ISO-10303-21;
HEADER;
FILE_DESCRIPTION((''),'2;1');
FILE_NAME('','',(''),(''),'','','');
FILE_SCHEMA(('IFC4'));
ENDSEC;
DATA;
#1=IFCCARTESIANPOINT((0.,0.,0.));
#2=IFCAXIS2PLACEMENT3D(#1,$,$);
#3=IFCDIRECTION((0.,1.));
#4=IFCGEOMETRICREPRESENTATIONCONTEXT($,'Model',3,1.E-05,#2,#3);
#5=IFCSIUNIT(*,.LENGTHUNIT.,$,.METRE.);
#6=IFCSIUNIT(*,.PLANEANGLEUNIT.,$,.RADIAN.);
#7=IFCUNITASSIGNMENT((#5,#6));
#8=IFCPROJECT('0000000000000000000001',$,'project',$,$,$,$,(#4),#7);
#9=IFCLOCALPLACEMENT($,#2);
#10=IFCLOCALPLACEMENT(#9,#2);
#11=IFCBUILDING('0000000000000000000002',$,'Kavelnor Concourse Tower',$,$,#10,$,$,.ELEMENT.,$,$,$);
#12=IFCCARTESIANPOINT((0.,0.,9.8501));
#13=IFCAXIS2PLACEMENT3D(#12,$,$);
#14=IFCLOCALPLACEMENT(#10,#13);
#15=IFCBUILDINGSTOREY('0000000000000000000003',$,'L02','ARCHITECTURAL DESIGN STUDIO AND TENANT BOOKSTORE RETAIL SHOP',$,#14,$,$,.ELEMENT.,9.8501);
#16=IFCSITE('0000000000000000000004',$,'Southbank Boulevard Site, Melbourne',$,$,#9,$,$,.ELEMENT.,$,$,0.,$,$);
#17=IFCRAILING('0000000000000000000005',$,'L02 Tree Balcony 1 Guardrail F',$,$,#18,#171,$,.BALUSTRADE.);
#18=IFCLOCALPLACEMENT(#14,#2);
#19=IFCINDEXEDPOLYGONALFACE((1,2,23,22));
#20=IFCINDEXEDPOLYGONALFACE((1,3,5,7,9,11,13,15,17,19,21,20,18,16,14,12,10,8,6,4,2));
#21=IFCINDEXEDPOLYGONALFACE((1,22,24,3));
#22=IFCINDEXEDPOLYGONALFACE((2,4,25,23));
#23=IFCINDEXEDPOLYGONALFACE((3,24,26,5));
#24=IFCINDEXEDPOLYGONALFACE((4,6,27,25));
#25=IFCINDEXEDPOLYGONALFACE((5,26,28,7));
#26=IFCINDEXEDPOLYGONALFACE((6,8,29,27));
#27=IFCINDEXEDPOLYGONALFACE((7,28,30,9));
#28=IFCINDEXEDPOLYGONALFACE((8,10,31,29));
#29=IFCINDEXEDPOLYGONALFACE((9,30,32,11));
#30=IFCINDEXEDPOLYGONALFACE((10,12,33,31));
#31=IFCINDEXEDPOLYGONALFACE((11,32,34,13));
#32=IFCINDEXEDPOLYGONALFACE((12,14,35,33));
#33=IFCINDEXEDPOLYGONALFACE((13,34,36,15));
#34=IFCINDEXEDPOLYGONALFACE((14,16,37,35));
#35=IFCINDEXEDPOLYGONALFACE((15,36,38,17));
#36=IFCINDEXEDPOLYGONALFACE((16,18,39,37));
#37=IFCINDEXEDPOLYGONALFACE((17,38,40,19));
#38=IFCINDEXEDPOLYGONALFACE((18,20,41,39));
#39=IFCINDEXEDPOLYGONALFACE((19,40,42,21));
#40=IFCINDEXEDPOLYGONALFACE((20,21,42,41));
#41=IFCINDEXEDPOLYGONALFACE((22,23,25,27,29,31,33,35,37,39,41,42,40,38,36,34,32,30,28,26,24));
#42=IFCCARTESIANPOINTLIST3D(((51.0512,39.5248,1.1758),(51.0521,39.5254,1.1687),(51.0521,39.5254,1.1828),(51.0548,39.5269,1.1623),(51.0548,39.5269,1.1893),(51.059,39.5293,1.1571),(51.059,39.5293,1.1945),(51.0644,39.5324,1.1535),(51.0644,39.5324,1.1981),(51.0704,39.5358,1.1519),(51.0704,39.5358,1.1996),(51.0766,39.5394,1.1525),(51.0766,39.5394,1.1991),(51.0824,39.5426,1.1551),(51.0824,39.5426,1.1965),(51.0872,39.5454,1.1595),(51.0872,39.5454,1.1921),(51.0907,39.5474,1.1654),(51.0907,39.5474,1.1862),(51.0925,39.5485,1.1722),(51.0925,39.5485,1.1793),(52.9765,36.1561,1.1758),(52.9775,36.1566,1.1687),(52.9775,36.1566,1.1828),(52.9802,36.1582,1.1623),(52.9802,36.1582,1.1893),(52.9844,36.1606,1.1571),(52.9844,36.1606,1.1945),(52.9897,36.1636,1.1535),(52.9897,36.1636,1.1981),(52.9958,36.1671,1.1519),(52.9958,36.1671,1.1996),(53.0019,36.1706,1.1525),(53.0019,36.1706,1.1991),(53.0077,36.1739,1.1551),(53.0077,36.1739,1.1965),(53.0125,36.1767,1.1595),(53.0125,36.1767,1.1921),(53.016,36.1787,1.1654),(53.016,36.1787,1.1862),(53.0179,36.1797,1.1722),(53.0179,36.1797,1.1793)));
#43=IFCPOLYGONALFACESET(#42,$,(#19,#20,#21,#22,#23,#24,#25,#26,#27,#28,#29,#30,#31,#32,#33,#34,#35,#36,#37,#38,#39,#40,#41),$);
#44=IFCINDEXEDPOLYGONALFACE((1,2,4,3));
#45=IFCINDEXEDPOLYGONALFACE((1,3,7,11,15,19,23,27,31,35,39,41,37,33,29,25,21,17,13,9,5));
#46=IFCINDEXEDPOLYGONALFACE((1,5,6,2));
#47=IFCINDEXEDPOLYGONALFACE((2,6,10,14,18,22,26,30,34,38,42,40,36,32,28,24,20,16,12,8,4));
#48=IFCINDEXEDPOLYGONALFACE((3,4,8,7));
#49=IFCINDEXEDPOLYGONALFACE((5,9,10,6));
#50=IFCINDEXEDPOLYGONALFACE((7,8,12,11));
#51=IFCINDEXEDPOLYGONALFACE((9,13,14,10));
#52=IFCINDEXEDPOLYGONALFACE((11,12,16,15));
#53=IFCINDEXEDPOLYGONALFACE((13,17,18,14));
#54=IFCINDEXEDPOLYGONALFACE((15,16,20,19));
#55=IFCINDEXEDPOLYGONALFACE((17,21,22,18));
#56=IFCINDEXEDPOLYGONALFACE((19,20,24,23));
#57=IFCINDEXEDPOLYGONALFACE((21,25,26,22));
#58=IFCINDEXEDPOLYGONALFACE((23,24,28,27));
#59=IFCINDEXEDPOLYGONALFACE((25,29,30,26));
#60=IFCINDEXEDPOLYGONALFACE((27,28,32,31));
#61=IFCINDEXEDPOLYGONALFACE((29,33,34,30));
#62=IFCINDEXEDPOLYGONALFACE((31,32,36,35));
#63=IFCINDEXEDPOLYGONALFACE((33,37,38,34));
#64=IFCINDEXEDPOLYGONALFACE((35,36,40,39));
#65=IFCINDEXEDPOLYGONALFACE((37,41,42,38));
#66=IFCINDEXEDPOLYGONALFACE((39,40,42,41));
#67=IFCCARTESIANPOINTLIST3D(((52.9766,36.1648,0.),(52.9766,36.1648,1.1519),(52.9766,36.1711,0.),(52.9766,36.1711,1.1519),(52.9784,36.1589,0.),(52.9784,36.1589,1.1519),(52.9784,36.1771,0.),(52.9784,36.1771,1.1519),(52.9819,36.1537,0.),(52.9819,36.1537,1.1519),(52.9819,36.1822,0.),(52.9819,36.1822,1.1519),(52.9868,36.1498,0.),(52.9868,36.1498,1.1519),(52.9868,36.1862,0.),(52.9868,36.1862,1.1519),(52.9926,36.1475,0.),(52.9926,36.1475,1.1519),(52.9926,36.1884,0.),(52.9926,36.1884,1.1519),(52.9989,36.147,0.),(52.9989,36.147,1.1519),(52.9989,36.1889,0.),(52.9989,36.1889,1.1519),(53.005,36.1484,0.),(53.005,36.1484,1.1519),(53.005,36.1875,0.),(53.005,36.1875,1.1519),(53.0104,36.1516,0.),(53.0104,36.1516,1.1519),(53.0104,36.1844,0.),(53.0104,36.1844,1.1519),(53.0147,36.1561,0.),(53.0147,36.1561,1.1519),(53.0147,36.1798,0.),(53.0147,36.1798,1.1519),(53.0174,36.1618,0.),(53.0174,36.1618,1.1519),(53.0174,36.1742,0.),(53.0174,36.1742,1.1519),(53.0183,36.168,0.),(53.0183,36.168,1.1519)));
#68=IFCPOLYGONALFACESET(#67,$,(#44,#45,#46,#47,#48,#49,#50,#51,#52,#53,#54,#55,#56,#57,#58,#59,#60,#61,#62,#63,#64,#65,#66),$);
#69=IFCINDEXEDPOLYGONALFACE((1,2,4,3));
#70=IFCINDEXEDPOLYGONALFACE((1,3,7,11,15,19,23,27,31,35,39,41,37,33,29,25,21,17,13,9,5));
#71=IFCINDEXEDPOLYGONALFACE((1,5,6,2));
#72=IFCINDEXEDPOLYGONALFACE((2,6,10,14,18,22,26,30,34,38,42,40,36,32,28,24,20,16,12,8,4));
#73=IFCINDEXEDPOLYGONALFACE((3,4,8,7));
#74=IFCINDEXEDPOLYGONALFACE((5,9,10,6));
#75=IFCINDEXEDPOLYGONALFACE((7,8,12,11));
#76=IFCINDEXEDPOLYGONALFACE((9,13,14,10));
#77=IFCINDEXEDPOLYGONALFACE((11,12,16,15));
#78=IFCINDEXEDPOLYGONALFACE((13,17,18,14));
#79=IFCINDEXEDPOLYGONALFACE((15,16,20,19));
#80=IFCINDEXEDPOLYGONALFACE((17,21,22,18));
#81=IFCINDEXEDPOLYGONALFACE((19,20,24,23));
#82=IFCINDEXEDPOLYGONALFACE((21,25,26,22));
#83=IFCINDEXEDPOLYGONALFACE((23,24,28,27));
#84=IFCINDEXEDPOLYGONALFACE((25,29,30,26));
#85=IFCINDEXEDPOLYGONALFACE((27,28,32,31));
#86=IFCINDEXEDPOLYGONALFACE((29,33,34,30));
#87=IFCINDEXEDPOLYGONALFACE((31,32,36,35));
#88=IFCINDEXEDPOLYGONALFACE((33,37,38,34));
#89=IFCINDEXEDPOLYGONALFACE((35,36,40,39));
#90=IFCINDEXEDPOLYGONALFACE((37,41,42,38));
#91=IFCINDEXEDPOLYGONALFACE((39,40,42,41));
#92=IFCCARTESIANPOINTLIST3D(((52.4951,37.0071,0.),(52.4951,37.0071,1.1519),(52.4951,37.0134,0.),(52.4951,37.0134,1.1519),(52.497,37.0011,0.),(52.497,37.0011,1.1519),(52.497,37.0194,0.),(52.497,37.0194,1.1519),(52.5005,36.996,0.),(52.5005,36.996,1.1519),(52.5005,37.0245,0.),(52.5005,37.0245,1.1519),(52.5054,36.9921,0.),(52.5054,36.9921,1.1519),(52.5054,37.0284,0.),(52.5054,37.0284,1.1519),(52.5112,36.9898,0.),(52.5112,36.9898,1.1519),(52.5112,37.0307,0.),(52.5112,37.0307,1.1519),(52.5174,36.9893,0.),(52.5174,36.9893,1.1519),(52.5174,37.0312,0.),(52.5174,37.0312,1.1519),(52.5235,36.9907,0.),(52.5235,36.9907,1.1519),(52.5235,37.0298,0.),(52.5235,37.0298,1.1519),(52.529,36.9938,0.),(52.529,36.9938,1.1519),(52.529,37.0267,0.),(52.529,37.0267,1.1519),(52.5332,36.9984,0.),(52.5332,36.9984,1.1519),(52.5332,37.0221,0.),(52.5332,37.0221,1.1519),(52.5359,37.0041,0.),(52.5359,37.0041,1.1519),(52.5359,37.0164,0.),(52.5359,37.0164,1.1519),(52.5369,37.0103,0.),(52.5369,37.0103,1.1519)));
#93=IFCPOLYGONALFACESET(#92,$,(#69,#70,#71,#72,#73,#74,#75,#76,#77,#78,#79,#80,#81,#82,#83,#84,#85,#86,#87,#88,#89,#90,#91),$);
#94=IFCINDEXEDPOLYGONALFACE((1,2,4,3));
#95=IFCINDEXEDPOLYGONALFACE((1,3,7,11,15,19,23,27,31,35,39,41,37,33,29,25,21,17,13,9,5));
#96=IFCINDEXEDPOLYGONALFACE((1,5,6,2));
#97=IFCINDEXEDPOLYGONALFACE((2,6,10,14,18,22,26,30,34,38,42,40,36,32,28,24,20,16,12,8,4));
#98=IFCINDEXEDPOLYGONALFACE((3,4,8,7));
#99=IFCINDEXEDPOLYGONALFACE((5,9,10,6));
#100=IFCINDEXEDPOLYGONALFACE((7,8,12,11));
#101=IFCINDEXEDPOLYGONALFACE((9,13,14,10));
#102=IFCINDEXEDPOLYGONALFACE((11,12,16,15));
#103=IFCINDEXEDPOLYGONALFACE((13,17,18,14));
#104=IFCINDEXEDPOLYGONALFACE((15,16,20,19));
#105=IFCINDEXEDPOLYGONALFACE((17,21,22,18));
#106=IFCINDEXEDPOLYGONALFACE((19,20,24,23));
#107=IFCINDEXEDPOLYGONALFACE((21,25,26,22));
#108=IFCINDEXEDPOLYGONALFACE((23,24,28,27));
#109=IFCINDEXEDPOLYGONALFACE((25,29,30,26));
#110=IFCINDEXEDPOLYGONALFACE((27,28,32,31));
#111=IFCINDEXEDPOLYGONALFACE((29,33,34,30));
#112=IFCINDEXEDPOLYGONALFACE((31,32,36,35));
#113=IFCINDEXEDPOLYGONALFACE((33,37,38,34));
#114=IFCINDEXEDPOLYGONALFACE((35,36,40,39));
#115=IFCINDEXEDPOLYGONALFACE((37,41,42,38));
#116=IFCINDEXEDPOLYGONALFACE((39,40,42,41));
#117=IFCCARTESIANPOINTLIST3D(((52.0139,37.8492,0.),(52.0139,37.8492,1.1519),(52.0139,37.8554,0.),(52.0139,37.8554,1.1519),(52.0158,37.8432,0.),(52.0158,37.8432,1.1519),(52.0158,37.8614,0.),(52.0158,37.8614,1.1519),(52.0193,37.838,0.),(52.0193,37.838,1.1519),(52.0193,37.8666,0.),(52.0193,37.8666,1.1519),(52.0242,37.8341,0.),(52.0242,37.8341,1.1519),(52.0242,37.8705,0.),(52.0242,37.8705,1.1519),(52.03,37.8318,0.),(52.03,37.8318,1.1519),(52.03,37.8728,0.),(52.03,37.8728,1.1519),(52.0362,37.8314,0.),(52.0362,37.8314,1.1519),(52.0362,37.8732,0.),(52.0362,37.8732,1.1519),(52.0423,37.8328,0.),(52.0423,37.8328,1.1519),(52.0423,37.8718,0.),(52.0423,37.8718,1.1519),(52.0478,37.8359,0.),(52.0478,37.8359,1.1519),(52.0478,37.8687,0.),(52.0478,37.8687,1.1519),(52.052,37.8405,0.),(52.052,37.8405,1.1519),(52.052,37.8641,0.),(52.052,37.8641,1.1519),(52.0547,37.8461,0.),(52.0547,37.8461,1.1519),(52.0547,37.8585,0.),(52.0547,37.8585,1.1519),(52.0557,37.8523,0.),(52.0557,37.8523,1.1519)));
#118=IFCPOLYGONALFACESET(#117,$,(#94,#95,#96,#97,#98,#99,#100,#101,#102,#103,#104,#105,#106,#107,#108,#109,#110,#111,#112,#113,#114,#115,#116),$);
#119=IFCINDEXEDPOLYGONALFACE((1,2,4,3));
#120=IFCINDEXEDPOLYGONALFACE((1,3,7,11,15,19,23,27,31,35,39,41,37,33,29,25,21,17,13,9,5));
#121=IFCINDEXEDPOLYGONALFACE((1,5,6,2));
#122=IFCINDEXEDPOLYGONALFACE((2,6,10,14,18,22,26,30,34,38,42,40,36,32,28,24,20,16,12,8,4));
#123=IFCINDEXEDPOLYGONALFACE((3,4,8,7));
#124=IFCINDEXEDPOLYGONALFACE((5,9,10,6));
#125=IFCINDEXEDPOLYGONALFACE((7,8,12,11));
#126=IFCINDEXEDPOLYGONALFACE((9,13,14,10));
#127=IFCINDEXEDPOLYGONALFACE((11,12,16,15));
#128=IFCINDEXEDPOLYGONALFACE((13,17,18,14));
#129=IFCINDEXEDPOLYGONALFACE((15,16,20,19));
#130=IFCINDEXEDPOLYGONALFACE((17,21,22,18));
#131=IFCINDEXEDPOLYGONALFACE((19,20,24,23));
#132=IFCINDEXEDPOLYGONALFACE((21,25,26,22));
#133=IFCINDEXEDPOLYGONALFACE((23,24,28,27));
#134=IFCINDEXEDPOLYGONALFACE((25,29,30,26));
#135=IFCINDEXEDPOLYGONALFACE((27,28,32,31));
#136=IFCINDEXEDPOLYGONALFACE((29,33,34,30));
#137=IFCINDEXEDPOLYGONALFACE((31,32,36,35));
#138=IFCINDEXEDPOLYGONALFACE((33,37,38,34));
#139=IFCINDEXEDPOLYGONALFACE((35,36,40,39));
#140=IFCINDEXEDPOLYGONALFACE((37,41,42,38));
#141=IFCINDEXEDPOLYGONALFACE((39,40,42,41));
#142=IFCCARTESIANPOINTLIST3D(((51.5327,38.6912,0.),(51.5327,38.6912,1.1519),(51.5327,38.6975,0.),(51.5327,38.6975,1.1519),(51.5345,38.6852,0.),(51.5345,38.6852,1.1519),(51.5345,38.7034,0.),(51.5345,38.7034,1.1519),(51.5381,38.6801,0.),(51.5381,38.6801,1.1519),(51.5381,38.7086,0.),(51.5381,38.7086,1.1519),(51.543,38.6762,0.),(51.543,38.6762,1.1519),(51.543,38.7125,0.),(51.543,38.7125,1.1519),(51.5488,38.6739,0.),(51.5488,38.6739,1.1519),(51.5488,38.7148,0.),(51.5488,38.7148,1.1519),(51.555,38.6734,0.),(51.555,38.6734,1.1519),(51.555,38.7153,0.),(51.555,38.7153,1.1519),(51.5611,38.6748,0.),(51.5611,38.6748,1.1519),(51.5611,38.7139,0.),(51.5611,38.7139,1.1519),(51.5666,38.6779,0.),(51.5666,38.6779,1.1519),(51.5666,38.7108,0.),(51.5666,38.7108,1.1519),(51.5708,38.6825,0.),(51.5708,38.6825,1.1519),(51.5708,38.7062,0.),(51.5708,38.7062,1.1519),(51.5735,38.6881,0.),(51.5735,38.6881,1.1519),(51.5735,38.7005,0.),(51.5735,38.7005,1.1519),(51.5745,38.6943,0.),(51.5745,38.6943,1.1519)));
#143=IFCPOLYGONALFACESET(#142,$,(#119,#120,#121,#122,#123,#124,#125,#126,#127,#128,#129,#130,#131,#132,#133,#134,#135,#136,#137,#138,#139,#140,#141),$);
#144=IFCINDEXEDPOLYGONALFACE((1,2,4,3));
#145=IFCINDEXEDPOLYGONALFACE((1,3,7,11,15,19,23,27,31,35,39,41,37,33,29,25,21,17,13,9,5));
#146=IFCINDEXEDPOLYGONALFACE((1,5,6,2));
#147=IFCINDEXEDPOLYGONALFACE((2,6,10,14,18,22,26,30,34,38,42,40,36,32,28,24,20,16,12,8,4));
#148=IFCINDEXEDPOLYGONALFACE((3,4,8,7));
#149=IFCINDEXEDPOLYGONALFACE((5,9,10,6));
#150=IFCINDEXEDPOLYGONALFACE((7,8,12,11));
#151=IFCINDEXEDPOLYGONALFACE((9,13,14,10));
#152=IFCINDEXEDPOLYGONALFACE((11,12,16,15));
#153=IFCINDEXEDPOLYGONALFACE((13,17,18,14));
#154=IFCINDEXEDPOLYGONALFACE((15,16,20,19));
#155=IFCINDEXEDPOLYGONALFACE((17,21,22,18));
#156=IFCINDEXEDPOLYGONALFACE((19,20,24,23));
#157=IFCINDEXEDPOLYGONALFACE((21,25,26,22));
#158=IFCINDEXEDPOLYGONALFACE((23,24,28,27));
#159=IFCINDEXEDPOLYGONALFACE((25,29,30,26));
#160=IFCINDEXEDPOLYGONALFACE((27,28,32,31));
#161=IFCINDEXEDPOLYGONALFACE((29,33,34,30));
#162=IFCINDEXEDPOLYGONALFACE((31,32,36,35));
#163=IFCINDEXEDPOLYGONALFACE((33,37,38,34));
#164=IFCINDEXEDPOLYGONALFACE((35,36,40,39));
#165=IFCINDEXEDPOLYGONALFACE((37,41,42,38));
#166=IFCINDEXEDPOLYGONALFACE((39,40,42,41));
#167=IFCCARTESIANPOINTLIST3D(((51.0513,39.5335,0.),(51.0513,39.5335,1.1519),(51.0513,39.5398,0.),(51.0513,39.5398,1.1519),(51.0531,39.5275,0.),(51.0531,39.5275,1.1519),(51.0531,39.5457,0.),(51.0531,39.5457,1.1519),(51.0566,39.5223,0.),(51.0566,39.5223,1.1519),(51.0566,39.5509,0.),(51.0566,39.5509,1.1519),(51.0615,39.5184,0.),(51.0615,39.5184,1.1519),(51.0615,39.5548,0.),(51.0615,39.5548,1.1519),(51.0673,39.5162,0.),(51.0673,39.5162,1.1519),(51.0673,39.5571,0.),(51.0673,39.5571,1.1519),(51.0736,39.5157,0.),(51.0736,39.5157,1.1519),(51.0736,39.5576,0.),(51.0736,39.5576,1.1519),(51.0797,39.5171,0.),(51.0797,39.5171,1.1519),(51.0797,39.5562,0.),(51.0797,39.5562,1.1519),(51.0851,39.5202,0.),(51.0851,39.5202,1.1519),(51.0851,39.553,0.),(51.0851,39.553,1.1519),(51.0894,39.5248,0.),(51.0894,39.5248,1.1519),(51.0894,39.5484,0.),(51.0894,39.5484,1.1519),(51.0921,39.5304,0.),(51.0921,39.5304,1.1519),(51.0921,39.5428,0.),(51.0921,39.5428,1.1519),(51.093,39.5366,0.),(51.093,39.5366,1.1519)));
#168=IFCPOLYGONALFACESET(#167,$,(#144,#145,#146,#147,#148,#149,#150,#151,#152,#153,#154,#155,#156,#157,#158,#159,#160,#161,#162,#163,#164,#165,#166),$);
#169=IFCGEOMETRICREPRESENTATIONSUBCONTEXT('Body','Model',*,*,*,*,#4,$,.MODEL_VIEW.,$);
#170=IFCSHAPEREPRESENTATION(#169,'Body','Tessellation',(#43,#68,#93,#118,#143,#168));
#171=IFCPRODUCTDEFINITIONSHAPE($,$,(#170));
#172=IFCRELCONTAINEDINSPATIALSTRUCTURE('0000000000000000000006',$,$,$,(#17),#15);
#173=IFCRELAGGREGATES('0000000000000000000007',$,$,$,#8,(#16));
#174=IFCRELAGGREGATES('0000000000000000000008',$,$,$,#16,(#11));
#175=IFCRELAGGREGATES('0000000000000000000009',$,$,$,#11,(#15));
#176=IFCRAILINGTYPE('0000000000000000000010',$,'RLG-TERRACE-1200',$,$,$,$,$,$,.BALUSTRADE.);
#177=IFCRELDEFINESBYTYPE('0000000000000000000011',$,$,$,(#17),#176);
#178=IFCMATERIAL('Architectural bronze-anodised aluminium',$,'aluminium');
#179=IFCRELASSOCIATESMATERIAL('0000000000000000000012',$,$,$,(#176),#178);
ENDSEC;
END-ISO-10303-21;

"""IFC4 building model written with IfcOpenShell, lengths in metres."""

from ifc_helpers import new_model, si_unit, direction, frame, origin, origin_2d, place, context, subcontext, project, spatial, circle, extrude, material, type_object, element, save


model = new_model("IFC4")

# Units and contexts
model_context = context("Model", 3, precision=1e-05, world=origin(), true_north=direction((0.0, 1.0)))
body_context = subcontext(model_context, "Body", "Model", "MODEL_VIEW")
ifc_project = project(units=[si_unit("LENGTHUNIT", "METRE"), si_unit("PLANEANGLEUNIT", "RADIAN")], contexts=[model_context])

# Site, building, storey
site_placement = place(None, origin())
site = spatial("IfcSite", under=ifc_project, at=site_placement, Name="Southbank Boulevard Site, Melbourne", CompositionType="ELEMENT", RefElevation=0.0)
building_placement = place(site_placement, origin())
building = spatial("IfcBuilding", under=site, at=building_placement, Name="Kavelnor Concourse Tower", CompositionType="ELEMENT")
storey_placement = place(building_placement, frame((0.0, 0.0, 9.8501)))
storey = spatial("IfcBuildingStorey", under=building, at=storey_placement, Name="L02", Description="ARCHITECTURAL DESIGN STUDIO AND TENANT BOOKSTORE RETAIL SHOP", CompositionType="ELEMENT", Elevation=9.8501)

# Railing
ifc_material_1 = material(Name="Architectural bronze-anodised aluminium", Category="aluminium")
railing_type = type_object("IfcRailingType", Name="RLG-TERRACE-1200", PredefinedType="BALUSTRADE", material=ifc_material_1)
railing_1_placement = place(storey_placement, frame((52.9973, 36.168, 0.0)))
element("IfcRailing", 1, at=railing_1_placement, inside=storey, type_object=railing_type, Name="L02 Tree Balcony 1 Guardrail F", PredefinedType="BALUSTRADE", context=body_context, shape_type="SweptSolid", body=[
    extrude(circle(Radius=0.0239, at=origin_2d()), frame((0.0, 0.0, 1.1758), z_axis=(-0.496207, 0.868204, 0.0), x_axis=(-0.868204, -0.496207, 0.0)), (0.0, 0.0, 1.0), 3.8801),
    extrude(circle(Radius=0.021, at=origin_2d()), origin(), (0.0, 0.0, 1.0), 1.1519),
    extrude(circle(Radius=0.021, at=origin_2d()), frame((-0.4814, 0.8423, 0.0)), (0.0, 0.0, 1.0), 1.1519),
    extrude(circle(Radius=0.021, at=origin_2d()), frame((-0.9626, 1.6843, 0.0)), (0.0, 0.0, 1.0), 1.1519),
    extrude(circle(Radius=0.021, at=origin_2d()), frame((-1.4438, 2.5264, 0.0)), (0.0, 0.0, 1.0), 1.1519),
    extrude(circle(Radius=0.021, at=origin_2d()), frame((-1.9253, 3.3687, 0.0)), (0.0, 0.0, 1.0), 1.1519),
])

save(model, "model.ifc")
